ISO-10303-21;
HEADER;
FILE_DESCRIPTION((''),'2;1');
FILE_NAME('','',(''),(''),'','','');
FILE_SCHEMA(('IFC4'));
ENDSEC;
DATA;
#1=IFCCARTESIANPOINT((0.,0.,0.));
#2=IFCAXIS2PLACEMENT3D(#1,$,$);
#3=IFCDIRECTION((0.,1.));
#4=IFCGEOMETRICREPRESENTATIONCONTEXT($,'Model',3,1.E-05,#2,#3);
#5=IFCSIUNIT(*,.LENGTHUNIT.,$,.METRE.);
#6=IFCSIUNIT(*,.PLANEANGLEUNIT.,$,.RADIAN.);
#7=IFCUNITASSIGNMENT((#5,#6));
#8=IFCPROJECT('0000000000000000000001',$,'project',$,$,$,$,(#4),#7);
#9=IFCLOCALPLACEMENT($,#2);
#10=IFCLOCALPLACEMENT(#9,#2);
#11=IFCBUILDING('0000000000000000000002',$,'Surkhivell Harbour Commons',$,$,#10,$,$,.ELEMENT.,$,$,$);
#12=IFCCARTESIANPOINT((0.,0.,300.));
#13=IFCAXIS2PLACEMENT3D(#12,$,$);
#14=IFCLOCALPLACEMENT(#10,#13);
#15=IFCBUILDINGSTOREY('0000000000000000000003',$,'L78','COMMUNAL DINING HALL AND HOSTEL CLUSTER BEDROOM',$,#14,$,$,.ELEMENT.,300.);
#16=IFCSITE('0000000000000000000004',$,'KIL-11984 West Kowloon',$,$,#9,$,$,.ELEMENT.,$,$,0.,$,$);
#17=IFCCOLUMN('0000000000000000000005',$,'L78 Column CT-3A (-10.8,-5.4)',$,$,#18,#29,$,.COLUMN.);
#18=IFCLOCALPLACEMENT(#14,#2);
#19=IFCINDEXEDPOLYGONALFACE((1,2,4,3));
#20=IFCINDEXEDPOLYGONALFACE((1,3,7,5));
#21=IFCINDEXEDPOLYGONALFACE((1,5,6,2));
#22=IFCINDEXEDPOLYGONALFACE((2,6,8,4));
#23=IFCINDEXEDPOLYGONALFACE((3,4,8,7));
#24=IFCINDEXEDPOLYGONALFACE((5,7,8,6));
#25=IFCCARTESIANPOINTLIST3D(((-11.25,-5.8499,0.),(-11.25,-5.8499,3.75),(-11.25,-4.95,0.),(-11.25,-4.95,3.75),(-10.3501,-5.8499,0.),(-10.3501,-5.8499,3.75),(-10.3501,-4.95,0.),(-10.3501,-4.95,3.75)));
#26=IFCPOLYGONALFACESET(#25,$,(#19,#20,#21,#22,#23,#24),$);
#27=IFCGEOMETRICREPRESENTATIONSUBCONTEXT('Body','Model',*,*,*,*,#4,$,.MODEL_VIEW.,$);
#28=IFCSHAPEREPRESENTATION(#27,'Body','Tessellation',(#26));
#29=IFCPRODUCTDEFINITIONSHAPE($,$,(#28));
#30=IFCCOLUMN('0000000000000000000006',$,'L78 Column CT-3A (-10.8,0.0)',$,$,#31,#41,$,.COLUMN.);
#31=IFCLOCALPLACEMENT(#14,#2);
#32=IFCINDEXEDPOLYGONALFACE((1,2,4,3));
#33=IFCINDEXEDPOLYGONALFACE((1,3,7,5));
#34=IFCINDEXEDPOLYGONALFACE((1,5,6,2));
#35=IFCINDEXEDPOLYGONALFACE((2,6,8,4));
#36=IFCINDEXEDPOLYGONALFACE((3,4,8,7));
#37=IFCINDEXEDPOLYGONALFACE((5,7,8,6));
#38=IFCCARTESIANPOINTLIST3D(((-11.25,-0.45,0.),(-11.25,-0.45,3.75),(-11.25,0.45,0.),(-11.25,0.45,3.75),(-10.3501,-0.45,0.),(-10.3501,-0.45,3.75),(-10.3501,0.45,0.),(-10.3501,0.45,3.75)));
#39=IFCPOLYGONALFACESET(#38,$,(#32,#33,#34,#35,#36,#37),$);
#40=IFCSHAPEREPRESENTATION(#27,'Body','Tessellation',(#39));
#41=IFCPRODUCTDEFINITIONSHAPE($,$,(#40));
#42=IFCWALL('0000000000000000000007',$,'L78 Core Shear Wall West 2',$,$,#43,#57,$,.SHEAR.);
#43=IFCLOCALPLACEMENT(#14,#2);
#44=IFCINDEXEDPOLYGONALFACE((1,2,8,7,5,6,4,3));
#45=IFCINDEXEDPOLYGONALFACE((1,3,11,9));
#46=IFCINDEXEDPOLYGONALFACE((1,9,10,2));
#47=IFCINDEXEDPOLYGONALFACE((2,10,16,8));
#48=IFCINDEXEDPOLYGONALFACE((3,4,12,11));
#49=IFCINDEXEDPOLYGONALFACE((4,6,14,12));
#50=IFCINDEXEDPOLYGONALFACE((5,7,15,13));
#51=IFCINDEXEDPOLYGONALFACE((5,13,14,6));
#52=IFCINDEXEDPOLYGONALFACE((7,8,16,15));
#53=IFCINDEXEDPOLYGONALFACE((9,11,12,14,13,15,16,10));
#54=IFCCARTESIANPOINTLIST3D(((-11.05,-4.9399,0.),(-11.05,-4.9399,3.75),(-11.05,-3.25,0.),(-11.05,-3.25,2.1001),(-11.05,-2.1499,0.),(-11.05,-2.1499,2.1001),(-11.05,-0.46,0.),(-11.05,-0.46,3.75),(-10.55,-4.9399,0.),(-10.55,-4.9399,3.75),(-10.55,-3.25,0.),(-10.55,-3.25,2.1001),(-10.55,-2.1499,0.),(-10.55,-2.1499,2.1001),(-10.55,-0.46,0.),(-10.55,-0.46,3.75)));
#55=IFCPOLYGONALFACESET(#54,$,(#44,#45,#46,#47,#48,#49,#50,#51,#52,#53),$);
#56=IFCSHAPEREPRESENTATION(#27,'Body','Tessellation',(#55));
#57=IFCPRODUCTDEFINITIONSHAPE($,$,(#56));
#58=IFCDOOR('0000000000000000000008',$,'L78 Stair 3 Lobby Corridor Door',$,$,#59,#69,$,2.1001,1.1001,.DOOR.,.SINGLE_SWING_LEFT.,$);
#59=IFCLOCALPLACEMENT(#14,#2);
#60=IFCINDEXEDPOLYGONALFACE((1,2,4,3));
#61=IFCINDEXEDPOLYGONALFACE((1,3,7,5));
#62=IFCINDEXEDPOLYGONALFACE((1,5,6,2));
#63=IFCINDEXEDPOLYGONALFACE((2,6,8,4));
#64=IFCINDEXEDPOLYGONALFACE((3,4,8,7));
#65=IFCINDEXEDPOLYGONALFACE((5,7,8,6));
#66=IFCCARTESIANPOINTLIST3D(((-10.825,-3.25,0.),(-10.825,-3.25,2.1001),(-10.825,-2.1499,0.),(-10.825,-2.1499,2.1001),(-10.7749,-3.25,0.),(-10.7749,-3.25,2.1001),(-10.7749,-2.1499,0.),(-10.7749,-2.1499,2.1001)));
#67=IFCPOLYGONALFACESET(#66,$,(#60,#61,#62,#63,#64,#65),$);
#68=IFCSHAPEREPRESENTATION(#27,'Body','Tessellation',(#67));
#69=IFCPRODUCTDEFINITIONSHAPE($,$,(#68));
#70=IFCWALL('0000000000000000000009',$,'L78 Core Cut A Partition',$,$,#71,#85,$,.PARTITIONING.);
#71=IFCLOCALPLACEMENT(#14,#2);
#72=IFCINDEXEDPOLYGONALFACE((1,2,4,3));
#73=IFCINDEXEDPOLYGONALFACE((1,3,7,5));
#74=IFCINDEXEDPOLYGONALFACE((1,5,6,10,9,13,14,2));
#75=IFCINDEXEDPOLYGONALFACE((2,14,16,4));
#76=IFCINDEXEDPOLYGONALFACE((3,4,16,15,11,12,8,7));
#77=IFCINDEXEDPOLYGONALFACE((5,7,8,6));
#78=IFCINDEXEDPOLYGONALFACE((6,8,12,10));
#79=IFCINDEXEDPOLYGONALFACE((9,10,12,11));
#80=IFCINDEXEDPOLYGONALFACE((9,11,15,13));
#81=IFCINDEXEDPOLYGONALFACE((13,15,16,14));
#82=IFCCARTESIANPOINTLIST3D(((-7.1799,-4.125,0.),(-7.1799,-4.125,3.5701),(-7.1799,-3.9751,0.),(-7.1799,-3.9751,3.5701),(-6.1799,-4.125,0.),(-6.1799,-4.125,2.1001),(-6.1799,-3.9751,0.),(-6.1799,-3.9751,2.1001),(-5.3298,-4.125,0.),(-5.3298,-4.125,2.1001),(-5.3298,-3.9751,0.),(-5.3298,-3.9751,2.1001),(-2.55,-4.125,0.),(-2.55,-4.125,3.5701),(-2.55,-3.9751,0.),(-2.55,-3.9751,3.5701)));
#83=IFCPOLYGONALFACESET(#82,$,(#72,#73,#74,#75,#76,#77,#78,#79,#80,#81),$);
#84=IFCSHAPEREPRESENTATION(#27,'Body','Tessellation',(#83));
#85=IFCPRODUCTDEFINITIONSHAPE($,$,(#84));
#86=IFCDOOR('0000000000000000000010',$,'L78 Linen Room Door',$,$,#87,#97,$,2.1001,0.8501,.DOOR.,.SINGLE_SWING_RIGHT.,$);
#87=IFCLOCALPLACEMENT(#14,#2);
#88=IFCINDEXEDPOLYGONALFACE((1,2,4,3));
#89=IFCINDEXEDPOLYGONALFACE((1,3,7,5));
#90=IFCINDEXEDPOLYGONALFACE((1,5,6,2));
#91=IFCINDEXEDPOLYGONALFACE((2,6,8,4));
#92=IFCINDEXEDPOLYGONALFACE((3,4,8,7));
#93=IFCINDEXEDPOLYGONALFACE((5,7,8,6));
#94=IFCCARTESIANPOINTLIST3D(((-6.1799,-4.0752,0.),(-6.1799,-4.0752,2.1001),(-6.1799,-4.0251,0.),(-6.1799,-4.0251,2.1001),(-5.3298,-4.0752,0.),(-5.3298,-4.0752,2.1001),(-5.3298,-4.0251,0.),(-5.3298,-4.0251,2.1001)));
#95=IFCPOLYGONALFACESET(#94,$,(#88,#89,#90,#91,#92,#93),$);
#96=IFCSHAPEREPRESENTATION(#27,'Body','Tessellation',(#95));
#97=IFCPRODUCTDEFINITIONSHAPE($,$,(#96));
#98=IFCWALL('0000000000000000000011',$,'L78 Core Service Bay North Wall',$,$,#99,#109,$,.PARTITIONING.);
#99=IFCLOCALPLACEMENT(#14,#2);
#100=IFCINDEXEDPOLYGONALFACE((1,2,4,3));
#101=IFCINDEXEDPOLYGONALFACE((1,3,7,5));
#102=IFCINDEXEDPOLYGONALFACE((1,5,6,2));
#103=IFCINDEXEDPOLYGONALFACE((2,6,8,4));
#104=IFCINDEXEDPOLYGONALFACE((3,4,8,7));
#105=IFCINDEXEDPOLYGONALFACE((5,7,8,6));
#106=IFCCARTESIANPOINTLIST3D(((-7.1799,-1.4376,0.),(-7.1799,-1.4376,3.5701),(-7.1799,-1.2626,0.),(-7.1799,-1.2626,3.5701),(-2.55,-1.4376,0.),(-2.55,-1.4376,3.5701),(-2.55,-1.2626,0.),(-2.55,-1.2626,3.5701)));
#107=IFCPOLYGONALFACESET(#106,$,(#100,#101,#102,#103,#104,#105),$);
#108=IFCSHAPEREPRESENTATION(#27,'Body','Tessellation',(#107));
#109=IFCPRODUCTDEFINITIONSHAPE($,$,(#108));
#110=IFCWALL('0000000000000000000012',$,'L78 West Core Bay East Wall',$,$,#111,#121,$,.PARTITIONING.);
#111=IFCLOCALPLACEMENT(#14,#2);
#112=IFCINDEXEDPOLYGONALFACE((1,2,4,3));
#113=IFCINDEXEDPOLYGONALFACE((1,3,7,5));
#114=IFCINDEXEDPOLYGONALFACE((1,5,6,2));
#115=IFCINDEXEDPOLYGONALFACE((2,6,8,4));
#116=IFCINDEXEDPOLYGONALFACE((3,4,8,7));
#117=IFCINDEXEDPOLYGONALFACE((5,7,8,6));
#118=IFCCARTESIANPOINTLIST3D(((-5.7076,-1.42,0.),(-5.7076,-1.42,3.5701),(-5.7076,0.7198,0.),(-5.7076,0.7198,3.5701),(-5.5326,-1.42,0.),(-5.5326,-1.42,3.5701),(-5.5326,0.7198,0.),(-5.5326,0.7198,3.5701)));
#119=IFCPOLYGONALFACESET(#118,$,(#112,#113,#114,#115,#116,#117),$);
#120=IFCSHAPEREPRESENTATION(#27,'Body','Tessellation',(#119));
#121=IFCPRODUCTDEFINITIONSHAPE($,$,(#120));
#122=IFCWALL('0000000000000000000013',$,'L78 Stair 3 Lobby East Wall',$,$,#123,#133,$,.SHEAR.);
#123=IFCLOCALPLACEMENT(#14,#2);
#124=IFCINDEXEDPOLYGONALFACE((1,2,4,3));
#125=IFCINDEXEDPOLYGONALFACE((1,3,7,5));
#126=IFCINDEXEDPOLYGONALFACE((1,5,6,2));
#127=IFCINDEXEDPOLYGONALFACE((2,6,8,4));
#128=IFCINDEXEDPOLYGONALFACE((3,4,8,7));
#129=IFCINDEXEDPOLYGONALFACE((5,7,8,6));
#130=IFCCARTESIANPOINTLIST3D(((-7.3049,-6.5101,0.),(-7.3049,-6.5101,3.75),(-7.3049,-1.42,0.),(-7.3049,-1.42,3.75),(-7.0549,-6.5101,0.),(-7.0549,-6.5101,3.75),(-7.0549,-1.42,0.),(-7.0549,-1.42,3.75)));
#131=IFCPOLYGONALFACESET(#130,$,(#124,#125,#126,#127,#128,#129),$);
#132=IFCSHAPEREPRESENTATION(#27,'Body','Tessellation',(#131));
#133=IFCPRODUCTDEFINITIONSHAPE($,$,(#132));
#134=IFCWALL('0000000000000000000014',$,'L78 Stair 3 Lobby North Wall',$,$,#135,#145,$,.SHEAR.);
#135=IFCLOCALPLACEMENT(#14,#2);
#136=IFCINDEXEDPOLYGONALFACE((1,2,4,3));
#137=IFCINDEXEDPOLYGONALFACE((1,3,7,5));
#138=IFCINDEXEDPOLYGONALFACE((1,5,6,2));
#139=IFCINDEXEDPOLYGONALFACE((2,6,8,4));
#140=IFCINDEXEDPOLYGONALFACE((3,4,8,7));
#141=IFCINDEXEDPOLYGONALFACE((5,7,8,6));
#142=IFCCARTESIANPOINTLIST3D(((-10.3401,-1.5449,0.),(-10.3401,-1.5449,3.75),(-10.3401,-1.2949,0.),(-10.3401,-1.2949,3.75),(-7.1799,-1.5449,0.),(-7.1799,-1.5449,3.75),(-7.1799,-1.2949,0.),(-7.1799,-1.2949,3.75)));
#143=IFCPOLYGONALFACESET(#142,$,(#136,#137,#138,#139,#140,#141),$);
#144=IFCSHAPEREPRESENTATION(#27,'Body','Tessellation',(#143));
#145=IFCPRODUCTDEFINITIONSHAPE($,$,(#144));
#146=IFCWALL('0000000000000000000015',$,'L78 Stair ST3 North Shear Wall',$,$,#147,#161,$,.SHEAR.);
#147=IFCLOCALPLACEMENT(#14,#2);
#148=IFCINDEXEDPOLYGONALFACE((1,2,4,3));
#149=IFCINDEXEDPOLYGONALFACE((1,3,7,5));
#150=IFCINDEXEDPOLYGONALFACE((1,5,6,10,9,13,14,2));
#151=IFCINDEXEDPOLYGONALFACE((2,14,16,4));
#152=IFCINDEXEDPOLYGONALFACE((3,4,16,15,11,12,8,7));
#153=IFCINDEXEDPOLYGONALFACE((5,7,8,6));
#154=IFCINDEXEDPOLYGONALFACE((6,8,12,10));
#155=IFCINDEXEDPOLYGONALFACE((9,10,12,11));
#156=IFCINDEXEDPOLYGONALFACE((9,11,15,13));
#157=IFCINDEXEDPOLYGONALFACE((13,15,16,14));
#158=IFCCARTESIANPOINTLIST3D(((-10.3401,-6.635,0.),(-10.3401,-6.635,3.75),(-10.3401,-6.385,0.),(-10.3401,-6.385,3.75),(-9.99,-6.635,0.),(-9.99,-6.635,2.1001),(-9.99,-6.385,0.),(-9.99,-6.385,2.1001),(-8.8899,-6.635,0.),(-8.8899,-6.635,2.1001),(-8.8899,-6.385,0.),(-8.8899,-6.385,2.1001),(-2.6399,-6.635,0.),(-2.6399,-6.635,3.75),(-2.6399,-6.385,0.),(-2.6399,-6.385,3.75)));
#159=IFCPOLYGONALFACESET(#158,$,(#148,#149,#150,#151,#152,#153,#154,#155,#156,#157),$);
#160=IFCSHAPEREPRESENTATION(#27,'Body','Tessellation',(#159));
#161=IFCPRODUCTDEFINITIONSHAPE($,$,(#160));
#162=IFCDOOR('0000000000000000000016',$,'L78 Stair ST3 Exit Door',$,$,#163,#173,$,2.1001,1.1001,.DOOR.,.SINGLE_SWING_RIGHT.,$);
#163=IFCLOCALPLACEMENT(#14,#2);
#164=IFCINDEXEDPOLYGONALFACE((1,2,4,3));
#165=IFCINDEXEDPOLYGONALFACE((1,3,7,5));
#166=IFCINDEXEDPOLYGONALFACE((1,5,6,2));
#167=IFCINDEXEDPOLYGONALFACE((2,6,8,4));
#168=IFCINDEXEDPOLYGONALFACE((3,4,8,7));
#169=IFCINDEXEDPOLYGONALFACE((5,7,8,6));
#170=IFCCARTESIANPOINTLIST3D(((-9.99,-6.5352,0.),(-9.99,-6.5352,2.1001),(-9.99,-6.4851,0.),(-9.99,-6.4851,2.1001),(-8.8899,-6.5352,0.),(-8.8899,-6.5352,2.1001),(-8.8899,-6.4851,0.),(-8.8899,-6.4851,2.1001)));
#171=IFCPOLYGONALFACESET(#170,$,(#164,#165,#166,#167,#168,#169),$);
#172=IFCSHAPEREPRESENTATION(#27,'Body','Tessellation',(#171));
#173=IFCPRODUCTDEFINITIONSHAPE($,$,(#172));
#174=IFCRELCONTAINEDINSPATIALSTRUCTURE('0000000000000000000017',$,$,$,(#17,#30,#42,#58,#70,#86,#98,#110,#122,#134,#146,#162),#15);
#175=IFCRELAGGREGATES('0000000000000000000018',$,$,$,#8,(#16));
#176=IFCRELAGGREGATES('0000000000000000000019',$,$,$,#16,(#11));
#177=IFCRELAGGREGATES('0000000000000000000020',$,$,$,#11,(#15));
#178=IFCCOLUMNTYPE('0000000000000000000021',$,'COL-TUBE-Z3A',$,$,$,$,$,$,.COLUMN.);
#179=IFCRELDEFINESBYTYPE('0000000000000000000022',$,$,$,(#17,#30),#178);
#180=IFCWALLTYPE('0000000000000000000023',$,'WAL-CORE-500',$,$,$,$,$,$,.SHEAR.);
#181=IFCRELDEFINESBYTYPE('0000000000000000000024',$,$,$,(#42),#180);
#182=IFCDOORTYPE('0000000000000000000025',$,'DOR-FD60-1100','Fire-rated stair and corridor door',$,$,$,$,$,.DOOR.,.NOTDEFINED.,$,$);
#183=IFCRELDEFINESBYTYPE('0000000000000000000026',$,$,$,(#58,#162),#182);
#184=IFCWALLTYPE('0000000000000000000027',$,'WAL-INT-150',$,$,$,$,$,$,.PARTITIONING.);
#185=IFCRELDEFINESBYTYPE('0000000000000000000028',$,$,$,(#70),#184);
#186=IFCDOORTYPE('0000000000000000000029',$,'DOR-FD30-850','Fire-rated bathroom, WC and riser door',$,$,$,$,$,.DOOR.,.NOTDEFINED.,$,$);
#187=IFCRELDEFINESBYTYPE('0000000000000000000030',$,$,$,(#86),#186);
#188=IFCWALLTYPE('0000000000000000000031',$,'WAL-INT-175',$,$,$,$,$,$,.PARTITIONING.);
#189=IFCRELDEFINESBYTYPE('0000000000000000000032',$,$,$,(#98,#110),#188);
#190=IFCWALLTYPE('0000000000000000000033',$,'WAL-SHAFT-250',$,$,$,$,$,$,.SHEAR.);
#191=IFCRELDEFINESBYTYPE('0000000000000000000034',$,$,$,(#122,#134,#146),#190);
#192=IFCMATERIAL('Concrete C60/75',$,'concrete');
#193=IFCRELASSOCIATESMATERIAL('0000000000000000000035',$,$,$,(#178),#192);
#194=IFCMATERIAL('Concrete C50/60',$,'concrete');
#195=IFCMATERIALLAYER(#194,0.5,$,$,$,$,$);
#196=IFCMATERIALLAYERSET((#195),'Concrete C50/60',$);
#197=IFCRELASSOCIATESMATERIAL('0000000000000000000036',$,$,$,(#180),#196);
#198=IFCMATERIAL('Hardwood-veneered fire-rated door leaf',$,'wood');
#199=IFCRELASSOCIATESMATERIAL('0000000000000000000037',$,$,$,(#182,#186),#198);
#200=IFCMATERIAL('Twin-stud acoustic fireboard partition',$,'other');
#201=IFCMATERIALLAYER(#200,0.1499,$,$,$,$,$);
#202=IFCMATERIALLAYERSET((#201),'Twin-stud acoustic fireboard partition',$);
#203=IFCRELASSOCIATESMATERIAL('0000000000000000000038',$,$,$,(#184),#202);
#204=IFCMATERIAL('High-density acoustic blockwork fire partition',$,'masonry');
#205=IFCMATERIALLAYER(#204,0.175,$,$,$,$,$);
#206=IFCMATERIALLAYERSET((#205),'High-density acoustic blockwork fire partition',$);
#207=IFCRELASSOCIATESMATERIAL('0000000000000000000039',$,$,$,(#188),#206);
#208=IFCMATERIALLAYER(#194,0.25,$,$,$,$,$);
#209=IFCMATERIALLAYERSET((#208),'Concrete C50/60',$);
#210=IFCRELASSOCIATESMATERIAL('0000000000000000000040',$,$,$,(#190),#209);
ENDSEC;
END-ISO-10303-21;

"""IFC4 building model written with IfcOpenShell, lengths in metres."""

from ifc_helpers import new_model, si_unit, direction, frame, frame_2d, origin, origin_2d, place, context, subcontext, project, spatial, rectangle, extrude, material, layer, layer_set, material_profile, profile_set, type_object, element, fill, save


model = new_model("IFC4")

# Units and contexts
model_context = context("Model", 3, precision=1e-05, world=origin(), true_north=direction((0.0, 1.0)))
body_context = subcontext(model_context, "Body", "Model", "MODEL_VIEW")
ifc_project = project(units=[si_unit("LENGTHUNIT", "METRE"), si_unit("PLANEANGLEUNIT", "RADIAN")], contexts=[model_context])

# Site, building, storey
site_placement = place(None, origin())
site = spatial("IfcSite", under=ifc_project, at=site_placement, Name="KIL-11984 West Kowloon", CompositionType="ELEMENT", RefElevation=0.0)
building_placement = place(site_placement, origin())
building = spatial("IfcBuilding", under=site, at=building_placement, Name="Surkhivell Harbour Commons", CompositionType="ELEMENT")
storey_placement = place(building_placement, frame((0.0, 0.0, 300.0)))
storey = spatial("IfcBuildingStorey", under=building, at=storey_placement, Name="L78", Description="COMMUNAL DINING HALL AND HOSTEL CLUSTER BEDROOM", CompositionType="ELEMENT", Elevation=300.0)

# Columns
ifc_material_1 = material(Name="Concrete C60/75", Category="concrete")
ifc_material_profile = material_profile(ifc_material_1, rectangle(XDim=0.8999, YDim=0.8999, at=origin_2d()), Name="RC-COL-900x900")
ifc_profile_set = profile_set([ifc_material_profile], Name="Concrete C60/75")
column_type = type_object("IfcColumnType", Name="COL-TUBE-Z3A", PredefinedType="COLUMN", material=ifc_profile_set)
for number, where, z_axis, x_axis, name in (
    (1, (-10.8, -5.3999, 0.0), (0.0, 0.0, 1.0), (1.0, 0.0, 0.0), "L78 Column CT-3A (-10.8,-5.4)"),
    (2, (-10.8, 0.0, 0.0), (0.0, 0.0, 1.0), (1.0, 0.0, 0.0), "L78 Column CT-3A (-10.8,0.0)"),
):
    element("IfcColumn", number, at=place(storey_placement, frame(where, z_axis=z_axis, x_axis=x_axis)), inside=storey, type_object=column_type, Name=name, PredefinedType="COLUMN", context=body_context, shape_type="SweptSolid", body=[
        extrude(rectangle(XDim=0.8999, YDim=0.8999, at=origin_2d()), origin(), (0.0, 0.0, 1.0), 3.75),
    ])

# Walls, openings, doors
ifc_material_2 = material(Name="Concrete C50/60", Category="concrete")
ifc_layer_1 = layer(ifc_material_2, 0.5)
ifc_layer_set_1 = layer_set([ifc_layer_1], Name="Concrete C50/60")
wall_type_1 = type_object("IfcWallType", Name="WAL-CORE-500", PredefinedType="SHEAR", material=ifc_layer_set_1)
wall_1_placement = place(storey_placement, frame((-10.8, -4.9399, 0.0), z_axis=(0.0, 0.0, 1.0), x_axis=(0.0, 1.0, 0.0)))
wall_1 = element("IfcWall", 3, at=wall_1_placement, inside=storey, type_object=wall_type_1, Name="L78 Core Shear Wall West 2", PredefinedType="SHEAR", context=body_context, shape_type="SweptSolid", body=[
    extrude(rectangle(XDim=4.48, YDim=0.5, at=frame_2d((2.24, 0.0))), origin(), (0.0, 0.0, 1.0), 3.75),
])
opening_1_placement = place(wall_1_placement, frame((1.6899, 0.0, 0.0)))
opening_1 = element("IfcOpeningElement", 4, at=opening_1_placement, cuts=wall_1, PredefinedType="OPENING", context=body_context, shape_type="SweptSolid", body=[
    extrude(rectangle(XDim=1.1001, YDim=2.1001, at=frame_2d((0.55, 1.05))), frame((0.0, 0.26, 0.0), z_axis=(0.0, -1.0, 0.0), x_axis=(1.0, 0.0, 0.0)), (0.0, 0.0, 1.0), 0.52),
])
ifc_material_3 = material(Name="Hardwood-veneered fire-rated door leaf", Category="wood")
door_type_1 = type_object("IfcDoorType", Name="DOR-FD60-1100", Description="Fire-rated stair and corridor door", OperationType="NOTDEFINED", PredefinedType="DOOR", material=ifc_material_3)
door_1_placement = place(opening_1_placement, origin())
door_1 = element("IfcDoor", 5, at=door_1_placement, inside=storey, type_object=door_type_1, Name="L78 Stair 3 Lobby Corridor Door", OperationType="SINGLE_SWING_LEFT", OverallHeight=2.1001, OverallWidth=1.1001, PredefinedType="DOOR", context=body_context, shape_type="SweptSolid", body=[
    extrude(rectangle(XDim=1.1001, YDim=2.1001, at=frame_2d((0.55, 1.05))), frame((0.0, 0.0249, 0.0), z_axis=(0.0, -1.0, 0.0), x_axis=(1.0, 0.0, 0.0)), (0.0, 0.0, 1.0), 0.05),
])
fill(opening_1, door_1)
ifc_material_4 = material(Name="Twin-stud acoustic fireboard partition", Category="other")
ifc_layer_2 = layer(ifc_material_4, 0.1499)
ifc_layer_set_2 = layer_set([ifc_layer_2], Name="Twin-stud acoustic fireboard partition")
wall_type_2 = type_object("IfcWallType", Name="WAL-INT-150", PredefinedType="PARTITIONING", material=ifc_layer_set_2)
wall_2_placement = place(storey_placement, frame((-7.1799, -4.05, 0.0), z_axis=(0.0, 0.0, 1.0), x_axis=(1.0, 0.0, 0.0)))
wall_2 = element("IfcWall", 6, at=wall_2_placement, inside=storey, type_object=wall_type_2, Name="L78 Core Cut A Partition", PredefinedType="PARTITIONING", context=body_context, shape_type="SweptSolid", body=[
    extrude(rectangle(XDim=4.6299, YDim=0.1499, at=frame_2d((2.3149, 0.0))), origin(), (0.0, 0.0, 1.0), 3.5701),
])
opening_2_placement = place(wall_2_placement, frame((1.0, 0.0, 0.0)))
opening_2 = element("IfcOpeningElement", 7, at=opening_2_placement, cuts=wall_2, PredefinedType="OPENING", context=body_context, shape_type="SweptSolid", body=[
    extrude(rectangle(XDim=0.8501, YDim=2.1001, at=frame_2d((0.425, 1.05))), frame((0.0, 0.085, 0.0), z_axis=(0.0, -1.0, 0.0), x_axis=(1.0, 0.0, 0.0)), (0.0, 0.0, 1.0), 0.1699),
])
door_type_2 = type_object("IfcDoorType", Name="DOR-FD30-850", Description="Fire-rated bathroom, WC and riser door", OperationType="NOTDEFINED", PredefinedType="DOOR", material=ifc_material_3)
door_2_placement = place(opening_2_placement, origin())
door_2 = element("IfcDoor", 8, at=door_2_placement, inside=storey, type_object=door_type_2, Name="L78 Linen Room Door", OperationType="SINGLE_SWING_RIGHT", OverallHeight=2.1001, OverallWidth=0.8501, PredefinedType="DOOR", context=body_context, shape_type="SweptSolid", body=[
    extrude(rectangle(XDim=0.8501, YDim=2.1001, at=frame_2d((0.425, 1.05))), frame((0.0, 0.0249, 0.0), z_axis=(0.0, -1.0, 0.0), x_axis=(1.0, 0.0, 0.0)), (0.0, 0.0, 1.0), 0.05),
])
fill(opening_2, door_2)

# Walls
ifc_material_5 = material(Name="High-density acoustic blockwork fire partition", Category="masonry")
ifc_layer_3 = layer(ifc_material_5, 0.175)
ifc_layer_set_3 = layer_set([ifc_layer_3], Name="High-density acoustic blockwork fire partition")
wall_type_3 = type_object("IfcWallType", Name="WAL-INT-175", PredefinedType="PARTITIONING", material=ifc_layer_set_3)
wall_3_placement = place(storey_placement, frame((-7.1799, -1.3501, 0.0), z_axis=(0.0, 0.0, 1.0), x_axis=(1.0, 0.0, 0.0)))
element("IfcWall", 9, at=wall_3_placement, inside=storey, type_object=wall_type_3, Name="L78 Core Service Bay North Wall", PredefinedType="PARTITIONING", context=body_context, shape_type="SweptSolid", body=[
    extrude(rectangle(XDim=4.6299, YDim=0.175, at=frame_2d((2.3149, 0.0))), origin(), (0.0, 0.0, 1.0), 3.5701),
])
wall_4_placement = place(storey_placement, frame((-5.6201, -1.4199, 0.0), z_axis=(0.0, 0.0, 1.0), x_axis=(0.0, 1.0, 0.0)))
element("IfcWall", 10, at=wall_4_placement, inside=storey, type_object=wall_type_3, Name="L78 West Core Bay East Wall", PredefinedType="PARTITIONING", context=body_context, shape_type="SweptSolid", body=[
    extrude(rectangle(XDim=2.1399, YDim=0.175, at=frame_2d((1.0698, 0.0))), origin(), (0.0, 0.0, 1.0), 3.5701),
])
ifc_layer_4 = layer(ifc_material_2, 0.25)
ifc_layer_set_4 = layer_set([ifc_layer_4], Name="Concrete C50/60")
wall_type_4 = type_object("IfcWallType", Name="WAL-SHAFT-250", PredefinedType="SHEAR", material=ifc_layer_set_4)
wall_5_placement = place(storey_placement, frame((-7.1799, -6.51, 0.0), z_axis=(0.0, 0.0, 1.0), x_axis=(0.0, 1.0, 0.0)))
element("IfcWall", 11, at=wall_5_placement, inside=storey, type_object=wall_type_4, Name="L78 Stair 3 Lobby East Wall", PredefinedType="SHEAR", context=body_context, shape_type="SweptSolid", body=[
    extrude(rectangle(XDim=5.0901, YDim=0.25, at=frame_2d((2.5449, 0.0))), origin(), (0.0, 0.0, 1.0), 3.75),
])
wall_6_placement = place(storey_placement, frame((-10.3401, -1.4199, 0.0), z_axis=(0.0, 0.0, 1.0), x_axis=(1.0, 0.0, 0.0)))
element("IfcWall", 12, at=wall_6_placement, inside=storey, type_object=wall_type_4, Name="L78 Stair 3 Lobby North Wall", PredefinedType="SHEAR", context=body_context, shape_type="SweptSolid", body=[
    extrude(rectangle(XDim=3.1602, YDim=0.25, at=frame_2d((1.5801, 0.0))), origin(), (0.0, 0.0, 1.0), 3.75),
])

# Wall, opening, door
wall_7_placement = place(storey_placement, frame((-10.3401, -6.51, 0.0), z_axis=(0.0, 0.0, 1.0), x_axis=(1.0, 0.0, 0.0)))
wall_7 = element("IfcWall", 13, at=wall_7_placement, inside=storey, type_object=wall_type_4, Name="L78 Stair ST3 North Shear Wall", PredefinedType="SHEAR", context=body_context, shape_type="SweptSolid", body=[
    extrude(rectangle(XDim=7.7002, YDim=0.25, at=frame_2d((3.8501, 0.0))), origin(), (0.0, 0.0, 1.0), 3.75),
])
opening_3_placement = place(wall_7_placement, frame((0.3501, 0.0, 0.0)))
opening_3 = element("IfcOpeningElement", 14, at=opening_3_placement, cuts=wall_7, PredefinedType="OPENING", context=body_context, shape_type="SweptSolid", body=[
    extrude(rectangle(XDim=1.1001, YDim=2.1001, at=frame_2d((0.55, 1.05))), frame((0.0, 0.135, 0.0), z_axis=(0.0, -1.0, 0.0), x_axis=(1.0, 0.0, 0.0)), (0.0, 0.0, 1.0), 0.27),
])
door_3_placement = place(opening_3_placement, origin())
door_3 = element("IfcDoor", 15, at=door_3_placement, inside=storey, type_object=door_type_1, Name="L78 Stair ST3 Exit Door", OperationType="SINGLE_SWING_RIGHT", OverallHeight=2.1001, OverallWidth=1.1001, PredefinedType="DOOR", context=body_context, shape_type="SweptSolid", body=[
    extrude(rectangle(XDim=1.1001, YDim=2.1001, at=frame_2d((0.55, 1.05))), frame((0.0, 0.0249, 0.0), z_axis=(0.0, -1.0, 0.0), x_axis=(1.0, 0.0, 0.0)), (0.0, 0.0, 1.0), 0.05),
])
fill(opening_3, door_3)

save(model, "model.ifc")
